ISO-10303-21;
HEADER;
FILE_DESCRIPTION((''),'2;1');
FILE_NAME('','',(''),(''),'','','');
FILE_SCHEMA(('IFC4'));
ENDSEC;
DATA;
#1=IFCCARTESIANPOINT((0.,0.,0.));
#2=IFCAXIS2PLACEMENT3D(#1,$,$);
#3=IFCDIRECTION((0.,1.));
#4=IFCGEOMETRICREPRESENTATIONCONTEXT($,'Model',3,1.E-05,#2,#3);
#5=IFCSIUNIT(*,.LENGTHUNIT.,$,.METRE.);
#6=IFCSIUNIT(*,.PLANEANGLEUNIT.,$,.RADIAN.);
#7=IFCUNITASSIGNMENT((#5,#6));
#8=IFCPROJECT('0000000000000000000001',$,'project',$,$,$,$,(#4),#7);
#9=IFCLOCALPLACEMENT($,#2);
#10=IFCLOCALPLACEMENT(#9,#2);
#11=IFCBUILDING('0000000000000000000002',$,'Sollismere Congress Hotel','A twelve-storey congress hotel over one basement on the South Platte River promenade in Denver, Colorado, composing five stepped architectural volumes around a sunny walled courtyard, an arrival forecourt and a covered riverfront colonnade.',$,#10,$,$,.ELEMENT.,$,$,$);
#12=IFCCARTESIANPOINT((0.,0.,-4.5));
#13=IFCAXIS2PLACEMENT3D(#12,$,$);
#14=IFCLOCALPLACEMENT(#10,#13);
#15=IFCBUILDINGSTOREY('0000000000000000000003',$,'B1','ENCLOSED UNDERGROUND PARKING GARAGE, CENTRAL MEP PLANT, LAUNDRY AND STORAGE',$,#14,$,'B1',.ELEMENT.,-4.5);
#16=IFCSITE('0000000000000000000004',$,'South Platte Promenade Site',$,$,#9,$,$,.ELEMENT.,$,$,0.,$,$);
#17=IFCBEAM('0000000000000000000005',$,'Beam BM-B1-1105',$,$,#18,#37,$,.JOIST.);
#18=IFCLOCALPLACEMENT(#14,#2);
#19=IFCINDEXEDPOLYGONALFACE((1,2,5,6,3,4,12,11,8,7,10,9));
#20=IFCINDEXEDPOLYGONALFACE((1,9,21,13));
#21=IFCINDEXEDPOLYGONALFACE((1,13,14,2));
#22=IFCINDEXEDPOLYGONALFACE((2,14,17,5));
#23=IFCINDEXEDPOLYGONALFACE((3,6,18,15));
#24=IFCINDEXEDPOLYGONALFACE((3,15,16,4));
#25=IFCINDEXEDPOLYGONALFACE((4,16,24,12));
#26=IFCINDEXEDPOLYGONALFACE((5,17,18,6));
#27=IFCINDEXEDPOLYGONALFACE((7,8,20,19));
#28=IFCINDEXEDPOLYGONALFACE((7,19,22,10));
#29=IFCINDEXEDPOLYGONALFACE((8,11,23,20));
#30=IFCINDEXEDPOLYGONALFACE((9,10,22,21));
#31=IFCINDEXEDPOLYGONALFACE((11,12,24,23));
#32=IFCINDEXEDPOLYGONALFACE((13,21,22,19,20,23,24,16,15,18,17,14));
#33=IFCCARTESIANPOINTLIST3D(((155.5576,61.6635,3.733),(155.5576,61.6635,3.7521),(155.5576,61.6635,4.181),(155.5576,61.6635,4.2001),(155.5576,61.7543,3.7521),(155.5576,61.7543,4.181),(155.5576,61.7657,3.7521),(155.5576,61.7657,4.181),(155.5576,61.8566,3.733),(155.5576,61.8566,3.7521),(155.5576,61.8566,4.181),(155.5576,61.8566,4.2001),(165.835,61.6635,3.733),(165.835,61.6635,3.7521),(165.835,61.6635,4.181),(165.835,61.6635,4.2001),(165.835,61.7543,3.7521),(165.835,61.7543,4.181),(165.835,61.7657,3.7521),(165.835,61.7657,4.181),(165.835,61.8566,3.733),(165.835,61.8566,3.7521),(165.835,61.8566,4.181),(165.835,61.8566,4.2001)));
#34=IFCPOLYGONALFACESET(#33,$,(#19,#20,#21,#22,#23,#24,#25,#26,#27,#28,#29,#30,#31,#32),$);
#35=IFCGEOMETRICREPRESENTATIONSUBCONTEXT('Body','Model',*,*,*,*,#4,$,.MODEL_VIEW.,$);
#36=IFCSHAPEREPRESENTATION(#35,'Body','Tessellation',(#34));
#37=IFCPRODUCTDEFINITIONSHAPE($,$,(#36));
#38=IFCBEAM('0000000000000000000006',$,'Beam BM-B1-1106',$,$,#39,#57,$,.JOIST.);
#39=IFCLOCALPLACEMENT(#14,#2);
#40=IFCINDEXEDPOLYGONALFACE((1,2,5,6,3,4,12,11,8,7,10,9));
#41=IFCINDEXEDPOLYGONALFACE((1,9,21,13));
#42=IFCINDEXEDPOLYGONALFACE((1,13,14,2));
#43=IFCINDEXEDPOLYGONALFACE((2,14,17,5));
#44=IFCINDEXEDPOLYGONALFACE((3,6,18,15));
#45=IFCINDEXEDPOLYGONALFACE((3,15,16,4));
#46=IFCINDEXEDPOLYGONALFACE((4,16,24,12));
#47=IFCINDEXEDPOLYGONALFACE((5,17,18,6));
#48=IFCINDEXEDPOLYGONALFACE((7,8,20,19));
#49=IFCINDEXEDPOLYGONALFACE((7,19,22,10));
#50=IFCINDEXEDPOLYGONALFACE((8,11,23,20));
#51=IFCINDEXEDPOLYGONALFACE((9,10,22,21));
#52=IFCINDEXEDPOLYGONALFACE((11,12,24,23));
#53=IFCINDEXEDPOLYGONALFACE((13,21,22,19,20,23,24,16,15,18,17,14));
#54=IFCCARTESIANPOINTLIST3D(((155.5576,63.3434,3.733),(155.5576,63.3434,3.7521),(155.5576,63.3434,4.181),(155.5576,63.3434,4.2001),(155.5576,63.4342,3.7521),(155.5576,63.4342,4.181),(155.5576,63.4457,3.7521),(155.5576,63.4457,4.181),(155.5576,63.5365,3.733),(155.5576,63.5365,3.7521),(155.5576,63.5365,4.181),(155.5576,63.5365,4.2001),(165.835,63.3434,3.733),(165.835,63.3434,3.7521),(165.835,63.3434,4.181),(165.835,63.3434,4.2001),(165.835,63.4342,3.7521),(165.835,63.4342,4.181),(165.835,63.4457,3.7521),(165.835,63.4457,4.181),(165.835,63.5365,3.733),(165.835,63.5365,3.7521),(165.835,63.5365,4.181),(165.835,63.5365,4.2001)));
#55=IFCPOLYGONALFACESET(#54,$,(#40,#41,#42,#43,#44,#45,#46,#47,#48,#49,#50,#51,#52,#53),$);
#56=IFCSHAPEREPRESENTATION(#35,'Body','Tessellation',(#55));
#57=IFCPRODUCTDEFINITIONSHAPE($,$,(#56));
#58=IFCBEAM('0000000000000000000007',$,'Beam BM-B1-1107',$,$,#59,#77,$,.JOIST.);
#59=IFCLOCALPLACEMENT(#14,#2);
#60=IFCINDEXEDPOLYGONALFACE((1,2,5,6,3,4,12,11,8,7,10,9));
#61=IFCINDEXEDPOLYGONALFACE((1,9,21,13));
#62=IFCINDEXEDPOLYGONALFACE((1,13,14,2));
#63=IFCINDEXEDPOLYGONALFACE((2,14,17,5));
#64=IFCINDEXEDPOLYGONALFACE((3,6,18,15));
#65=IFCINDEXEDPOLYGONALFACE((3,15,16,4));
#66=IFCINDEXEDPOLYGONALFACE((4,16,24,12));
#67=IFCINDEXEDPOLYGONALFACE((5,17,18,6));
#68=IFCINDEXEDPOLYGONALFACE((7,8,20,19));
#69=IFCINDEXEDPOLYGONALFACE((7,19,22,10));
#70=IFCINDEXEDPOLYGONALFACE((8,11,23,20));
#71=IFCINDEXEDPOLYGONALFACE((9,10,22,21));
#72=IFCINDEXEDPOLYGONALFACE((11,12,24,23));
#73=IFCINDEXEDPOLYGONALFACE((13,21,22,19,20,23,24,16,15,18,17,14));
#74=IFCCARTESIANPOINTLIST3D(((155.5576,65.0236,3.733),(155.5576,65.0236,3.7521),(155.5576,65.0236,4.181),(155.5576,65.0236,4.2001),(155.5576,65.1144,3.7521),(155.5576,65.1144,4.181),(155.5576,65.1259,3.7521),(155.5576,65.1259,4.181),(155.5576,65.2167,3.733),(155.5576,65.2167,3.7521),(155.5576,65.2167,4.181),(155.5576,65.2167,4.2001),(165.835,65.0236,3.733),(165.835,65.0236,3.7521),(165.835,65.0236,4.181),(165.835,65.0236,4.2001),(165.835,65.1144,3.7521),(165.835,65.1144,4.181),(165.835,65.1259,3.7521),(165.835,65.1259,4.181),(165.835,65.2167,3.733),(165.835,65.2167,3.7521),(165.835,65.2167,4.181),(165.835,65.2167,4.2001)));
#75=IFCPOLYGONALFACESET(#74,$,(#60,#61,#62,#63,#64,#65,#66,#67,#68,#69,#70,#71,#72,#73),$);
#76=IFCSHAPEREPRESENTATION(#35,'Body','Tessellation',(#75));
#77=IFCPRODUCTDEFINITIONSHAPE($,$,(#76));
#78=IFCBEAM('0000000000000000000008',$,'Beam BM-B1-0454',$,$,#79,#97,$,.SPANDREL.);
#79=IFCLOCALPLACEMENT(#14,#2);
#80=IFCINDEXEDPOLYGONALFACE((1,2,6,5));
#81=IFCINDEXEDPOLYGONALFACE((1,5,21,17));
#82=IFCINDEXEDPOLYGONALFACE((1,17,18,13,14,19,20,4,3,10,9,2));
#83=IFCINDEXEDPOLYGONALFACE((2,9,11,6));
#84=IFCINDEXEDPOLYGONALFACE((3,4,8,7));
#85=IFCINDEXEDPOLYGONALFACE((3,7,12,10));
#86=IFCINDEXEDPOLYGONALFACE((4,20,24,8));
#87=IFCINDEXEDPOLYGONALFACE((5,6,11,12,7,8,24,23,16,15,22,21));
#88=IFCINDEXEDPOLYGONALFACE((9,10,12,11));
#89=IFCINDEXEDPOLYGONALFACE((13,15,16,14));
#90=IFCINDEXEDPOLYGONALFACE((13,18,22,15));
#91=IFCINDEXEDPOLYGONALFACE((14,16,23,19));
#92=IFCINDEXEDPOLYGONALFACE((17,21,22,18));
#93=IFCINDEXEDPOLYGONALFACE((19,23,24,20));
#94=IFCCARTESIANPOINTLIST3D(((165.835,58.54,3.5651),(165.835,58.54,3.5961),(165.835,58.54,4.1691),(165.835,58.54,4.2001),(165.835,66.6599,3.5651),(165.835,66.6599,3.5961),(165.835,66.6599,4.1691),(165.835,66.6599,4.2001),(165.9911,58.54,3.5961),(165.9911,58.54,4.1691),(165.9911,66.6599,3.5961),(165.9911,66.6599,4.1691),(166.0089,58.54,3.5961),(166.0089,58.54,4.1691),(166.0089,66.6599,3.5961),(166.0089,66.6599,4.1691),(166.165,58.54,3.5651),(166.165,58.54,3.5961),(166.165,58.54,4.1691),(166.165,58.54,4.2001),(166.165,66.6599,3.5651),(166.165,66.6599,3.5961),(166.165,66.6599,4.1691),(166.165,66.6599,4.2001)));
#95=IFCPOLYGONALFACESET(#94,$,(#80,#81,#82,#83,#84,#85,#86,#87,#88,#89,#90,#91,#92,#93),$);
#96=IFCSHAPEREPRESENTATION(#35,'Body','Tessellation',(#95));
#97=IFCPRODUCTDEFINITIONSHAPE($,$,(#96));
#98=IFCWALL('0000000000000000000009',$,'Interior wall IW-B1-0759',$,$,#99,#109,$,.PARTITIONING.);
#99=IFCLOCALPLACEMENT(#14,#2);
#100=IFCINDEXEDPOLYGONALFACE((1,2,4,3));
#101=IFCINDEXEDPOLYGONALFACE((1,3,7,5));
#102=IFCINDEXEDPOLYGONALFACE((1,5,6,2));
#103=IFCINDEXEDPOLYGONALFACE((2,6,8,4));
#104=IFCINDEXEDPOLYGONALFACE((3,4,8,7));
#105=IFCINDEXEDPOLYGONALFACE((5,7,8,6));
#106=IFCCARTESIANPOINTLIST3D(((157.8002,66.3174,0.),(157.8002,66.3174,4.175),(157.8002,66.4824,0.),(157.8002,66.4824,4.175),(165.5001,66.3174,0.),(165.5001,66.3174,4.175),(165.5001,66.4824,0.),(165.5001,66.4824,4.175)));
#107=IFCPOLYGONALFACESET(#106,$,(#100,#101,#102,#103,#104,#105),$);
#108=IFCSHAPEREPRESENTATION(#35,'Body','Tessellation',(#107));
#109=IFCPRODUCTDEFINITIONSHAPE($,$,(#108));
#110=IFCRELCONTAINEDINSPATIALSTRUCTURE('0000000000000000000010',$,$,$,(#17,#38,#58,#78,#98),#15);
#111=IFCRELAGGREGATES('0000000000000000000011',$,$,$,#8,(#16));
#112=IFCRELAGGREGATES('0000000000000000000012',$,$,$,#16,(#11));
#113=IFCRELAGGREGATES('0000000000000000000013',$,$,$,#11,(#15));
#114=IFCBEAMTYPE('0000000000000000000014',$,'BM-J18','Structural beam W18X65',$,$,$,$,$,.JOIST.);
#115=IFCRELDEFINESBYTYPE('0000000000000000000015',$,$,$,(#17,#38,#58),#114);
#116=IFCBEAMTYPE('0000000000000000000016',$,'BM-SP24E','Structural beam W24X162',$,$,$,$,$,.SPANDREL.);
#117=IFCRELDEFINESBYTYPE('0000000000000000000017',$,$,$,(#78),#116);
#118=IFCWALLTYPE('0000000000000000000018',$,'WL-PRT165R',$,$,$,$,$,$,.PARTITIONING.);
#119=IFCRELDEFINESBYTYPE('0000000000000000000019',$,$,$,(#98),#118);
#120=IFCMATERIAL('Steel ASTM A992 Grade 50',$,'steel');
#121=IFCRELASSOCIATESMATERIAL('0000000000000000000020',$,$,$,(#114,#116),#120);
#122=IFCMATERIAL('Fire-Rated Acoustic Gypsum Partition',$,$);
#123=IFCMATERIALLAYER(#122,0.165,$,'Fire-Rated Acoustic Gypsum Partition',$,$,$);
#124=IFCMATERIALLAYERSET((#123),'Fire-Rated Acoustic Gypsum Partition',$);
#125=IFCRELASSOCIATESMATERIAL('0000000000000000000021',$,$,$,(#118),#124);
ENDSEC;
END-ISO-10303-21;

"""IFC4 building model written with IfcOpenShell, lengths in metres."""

from ifc_helpers import new_model, si_unit, direction, frame, frame_2d, origin, origin_2d, place, context, subcontext, project, spatial, rectangle, i_section, extrude, material, layer, layer_set, material_profile, profile_set, type_object, element, save


model = new_model("IFC4")

# Units and contexts
model_context = context("Model", 3, precision=1e-05, world=origin(), true_north=direction((0.0, 1.0)))
body_context = subcontext(model_context, "Body", "Model", "MODEL_VIEW")
ifc_project = project(units=[si_unit("LENGTHUNIT", "METRE"), si_unit("PLANEANGLEUNIT", "RADIAN")], contexts=[model_context])

# Site, building, storey
site_placement = place(None, origin())
site = spatial("IfcSite", under=ifc_project, at=site_placement, Name="South Platte Promenade Site", CompositionType="ELEMENT", RefElevation=0.0)
building_placement = place(site_placement, origin())
building = spatial("IfcBuilding", under=site, at=building_placement, Name="Sollismere Congress Hotel", Description="A twelve-storey congress hotel over one basement on the South Platte River promenade in Denver, Colorado, composing five stepped architectural volumes around a sunny walled courtyard, an arrival forecourt and a covered riverfront colonnade.", CompositionType="ELEMENT")
storey_placement = place(building_placement, frame((0.0, 0.0, -4.5)))
storey = spatial("IfcBuildingStorey", under=building, at=storey_placement, Name="B1", Description="ENCLOSED UNDERGROUND PARKING GARAGE, CENTRAL MEP PLANT, LAUNDRY AND STORAGE", LongName="B1", CompositionType="ELEMENT", Elevation=-4.5)

# Beams
ifc_material_1 = material(Name="Steel ASTM A992 Grade 50", Category="steel")
ifc_material_profile_1 = material_profile(ifc_material_1, i_section(OverallWidth=0.1931, OverallDepth=0.467, WebThickness=0.0115, FlangeThickness=0.019, at=origin_2d()), Name="W18X65")
ifc_profile_set_1 = profile_set([ifc_material_profile_1], Name="Steel ASTM A992 Grade 50")
beam_type_1 = type_object("IfcBeamType", Name="BM-J18", Description="Structural beam W18X65", PredefinedType="JOIST", material=ifc_profile_set_1)
for number, where, z_axis, x_axis, name in (
    (1, (155.5576, 61.76, 3.9666), (1.0, 0.0, 0.0), (0.0, 1.0, 0.0), "Beam BM-B1-1105"),
    (2, (155.5576, 63.4399, 3.9666), (1.0, 0.0, 0.0), (0.0, 1.0, 0.0), "Beam BM-B1-1106"),
    (3, (155.5576, 65.1201, 3.9666), (1.0, 0.0, 0.0), (0.0, 1.0, 0.0), "Beam BM-B1-1107"),
):
    element("IfcBeam", number, at=place(storey_placement, frame(where, z_axis=z_axis, x_axis=x_axis)), inside=storey, type_object=beam_type_1, Name=name, PredefinedType="JOIST", context=body_context, shape_type="SweptSolid", body=[
        extrude(i_section(OverallWidth=0.1931, OverallDepth=0.467, WebThickness=0.0115, FlangeThickness=0.019, at=origin_2d()), origin(), (0.0, 0.0, 1.0), 10.2773),
    ])
ifc_material_profile_2 = material_profile(ifc_material_1, i_section(OverallWidth=0.3301, OverallDepth=0.635, WebThickness=0.0178, FlangeThickness=0.031, at=origin_2d()), Name="W24X162")
ifc_profile_set_2 = profile_set([ifc_material_profile_2], Name="Steel ASTM A992 Grade 50")
beam_type_2 = type_object("IfcBeamType", Name="BM-SP24E", Description="Structural beam W24X162", PredefinedType="SPANDREL", material=ifc_profile_set_2)
beam_1_placement = place(storey_placement, frame((166.0, 58.54, 3.8826), z_axis=(0.0, 1.0, 0.0), x_axis=(-1.0, 0.0, 0.0)))
element("IfcBeam", 4, at=beam_1_placement, inside=storey, type_object=beam_type_2, Name="Beam BM-B1-0454", PredefinedType="SPANDREL", context=body_context, shape_type="SweptSolid", body=[
    extrude(i_section(OverallWidth=0.3301, OverallDepth=0.635, WebThickness=0.0178, FlangeThickness=0.031, at=origin_2d()), origin(), (0.0, 0.0, 1.0), 8.1199),
])

# Wall
ifc_material_2 = material(Name="Fire-Rated Acoustic Gypsum Partition")
ifc_layer = layer(ifc_material_2, 0.165, Name="Fire-Rated Acoustic Gypsum Partition")
ifc_layer_set = layer_set([ifc_layer], Name="Fire-Rated Acoustic Gypsum Partition")
wall_type = type_object("IfcWallType", Name="WL-PRT165R", PredefinedType="PARTITIONING", material=ifc_layer_set)
wall_placement = place(storey_placement, frame((157.8, 66.3999, 0.0), z_axis=(0.0, 0.0, 1.0), x_axis=(1.0, 0.0, 0.0)))
element("IfcWall", 5, at=wall_placement, inside=storey, type_object=wall_type, Name="Interior wall IW-B1-0759", PredefinedType="PARTITIONING", context=body_context, shape_type="SweptSolid", body=[
    extrude(rectangle(XDim=7.7, YDim=0.165, at=frame_2d((3.8501, 0.0))), origin(), (0.0, 0.0, 1.0), 4.175),
])

save(model, "model.ifc")
